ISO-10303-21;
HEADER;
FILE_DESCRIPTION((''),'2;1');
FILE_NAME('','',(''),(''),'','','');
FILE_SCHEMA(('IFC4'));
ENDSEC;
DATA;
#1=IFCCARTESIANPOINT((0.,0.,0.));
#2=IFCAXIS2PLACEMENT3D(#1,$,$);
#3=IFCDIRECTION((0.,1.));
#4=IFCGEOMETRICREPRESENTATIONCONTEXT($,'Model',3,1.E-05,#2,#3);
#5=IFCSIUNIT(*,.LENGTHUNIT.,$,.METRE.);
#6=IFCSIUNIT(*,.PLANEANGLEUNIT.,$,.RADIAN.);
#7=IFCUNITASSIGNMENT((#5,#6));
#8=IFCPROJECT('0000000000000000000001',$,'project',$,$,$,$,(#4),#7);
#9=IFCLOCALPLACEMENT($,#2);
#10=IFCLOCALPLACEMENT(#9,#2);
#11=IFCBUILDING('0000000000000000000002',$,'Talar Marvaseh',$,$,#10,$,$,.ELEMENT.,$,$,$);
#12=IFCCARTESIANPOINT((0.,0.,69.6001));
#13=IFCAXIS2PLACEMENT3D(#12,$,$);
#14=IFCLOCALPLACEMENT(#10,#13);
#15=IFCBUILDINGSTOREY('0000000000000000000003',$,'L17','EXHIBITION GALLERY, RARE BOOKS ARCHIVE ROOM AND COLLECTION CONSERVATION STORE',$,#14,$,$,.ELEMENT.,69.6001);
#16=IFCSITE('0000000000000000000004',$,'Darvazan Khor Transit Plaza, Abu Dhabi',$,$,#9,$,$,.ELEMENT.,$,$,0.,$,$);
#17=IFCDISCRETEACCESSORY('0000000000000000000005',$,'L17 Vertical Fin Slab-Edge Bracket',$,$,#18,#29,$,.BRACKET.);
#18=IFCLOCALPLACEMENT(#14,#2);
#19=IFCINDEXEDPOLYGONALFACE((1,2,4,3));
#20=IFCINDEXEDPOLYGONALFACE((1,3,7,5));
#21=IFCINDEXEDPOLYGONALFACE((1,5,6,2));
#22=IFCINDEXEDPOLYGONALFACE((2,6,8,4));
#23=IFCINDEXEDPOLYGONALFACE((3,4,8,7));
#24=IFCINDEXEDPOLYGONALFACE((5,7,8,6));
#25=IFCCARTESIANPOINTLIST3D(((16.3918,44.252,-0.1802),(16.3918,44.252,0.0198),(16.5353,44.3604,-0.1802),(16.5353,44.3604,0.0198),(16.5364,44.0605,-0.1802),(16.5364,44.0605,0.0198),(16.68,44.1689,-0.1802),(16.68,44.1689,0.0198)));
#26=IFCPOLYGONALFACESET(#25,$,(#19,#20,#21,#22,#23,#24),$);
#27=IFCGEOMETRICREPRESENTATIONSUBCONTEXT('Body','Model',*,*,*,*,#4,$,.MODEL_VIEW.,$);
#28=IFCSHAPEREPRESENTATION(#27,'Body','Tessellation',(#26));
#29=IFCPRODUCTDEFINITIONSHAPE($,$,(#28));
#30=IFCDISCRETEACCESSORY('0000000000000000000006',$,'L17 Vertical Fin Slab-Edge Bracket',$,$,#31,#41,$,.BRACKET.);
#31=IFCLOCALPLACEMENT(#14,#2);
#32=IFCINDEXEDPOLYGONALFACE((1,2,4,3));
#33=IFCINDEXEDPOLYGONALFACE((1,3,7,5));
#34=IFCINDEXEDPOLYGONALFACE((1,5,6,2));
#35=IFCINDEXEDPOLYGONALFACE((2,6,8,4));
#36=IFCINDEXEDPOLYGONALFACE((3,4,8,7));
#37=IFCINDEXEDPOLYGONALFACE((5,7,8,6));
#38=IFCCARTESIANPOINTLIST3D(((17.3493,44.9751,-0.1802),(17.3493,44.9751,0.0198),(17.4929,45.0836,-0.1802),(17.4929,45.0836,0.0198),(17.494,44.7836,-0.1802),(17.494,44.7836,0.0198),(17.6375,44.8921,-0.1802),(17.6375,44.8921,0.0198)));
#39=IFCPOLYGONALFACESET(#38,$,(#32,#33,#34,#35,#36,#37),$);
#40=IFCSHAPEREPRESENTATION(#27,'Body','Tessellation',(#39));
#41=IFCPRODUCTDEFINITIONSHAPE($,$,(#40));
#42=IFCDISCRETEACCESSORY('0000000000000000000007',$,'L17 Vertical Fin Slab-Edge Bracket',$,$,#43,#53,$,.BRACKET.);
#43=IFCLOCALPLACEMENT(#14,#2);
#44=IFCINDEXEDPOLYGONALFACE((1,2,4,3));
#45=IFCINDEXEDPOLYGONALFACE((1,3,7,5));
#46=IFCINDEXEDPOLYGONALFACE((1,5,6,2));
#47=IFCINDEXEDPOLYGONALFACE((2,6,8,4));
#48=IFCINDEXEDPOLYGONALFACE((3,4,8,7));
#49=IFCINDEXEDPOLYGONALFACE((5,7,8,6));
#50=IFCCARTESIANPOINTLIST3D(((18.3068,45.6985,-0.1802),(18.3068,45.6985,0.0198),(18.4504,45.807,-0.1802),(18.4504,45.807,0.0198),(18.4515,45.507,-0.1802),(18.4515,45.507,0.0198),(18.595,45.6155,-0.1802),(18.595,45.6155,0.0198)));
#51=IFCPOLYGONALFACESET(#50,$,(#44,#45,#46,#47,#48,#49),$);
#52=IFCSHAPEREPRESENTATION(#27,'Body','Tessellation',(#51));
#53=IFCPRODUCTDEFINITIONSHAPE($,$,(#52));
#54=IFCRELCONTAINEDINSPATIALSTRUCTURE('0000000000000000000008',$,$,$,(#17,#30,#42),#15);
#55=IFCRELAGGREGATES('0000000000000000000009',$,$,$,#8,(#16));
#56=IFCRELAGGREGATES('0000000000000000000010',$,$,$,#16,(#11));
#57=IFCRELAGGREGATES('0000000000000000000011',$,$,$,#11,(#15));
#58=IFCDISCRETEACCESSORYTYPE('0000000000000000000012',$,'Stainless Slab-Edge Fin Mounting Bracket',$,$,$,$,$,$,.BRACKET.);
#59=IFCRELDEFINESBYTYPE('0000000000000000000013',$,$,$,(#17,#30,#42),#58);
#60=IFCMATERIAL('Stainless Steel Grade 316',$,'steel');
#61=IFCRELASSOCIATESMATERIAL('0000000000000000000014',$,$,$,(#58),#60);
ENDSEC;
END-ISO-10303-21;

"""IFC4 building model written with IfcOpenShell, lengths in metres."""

from ifc_helpers import new_model, si_unit, direction, frame, origin, origin_2d, place, context, subcontext, project, spatial, rectangle, extrude, source, transform, mapped, material, type_object, type_shapes, element, save


model = new_model("IFC4")

# Units and contexts
model_context = context("Model", 3, precision=1e-05, world=origin(), true_north=direction((0.0, 1.0)))
body_context = subcontext(model_context, "Body", "Model", "MODEL_VIEW")
ifc_project = project(units=[si_unit("LENGTHUNIT", "METRE"), si_unit("PLANEANGLEUNIT", "RADIAN")], contexts=[model_context])

# Site, building, storey
site_placement = place(None, origin())
site = spatial("IfcSite", under=ifc_project, at=site_placement, Name="Darvazan Khor Transit Plaza, Abu Dhabi", CompositionType="ELEMENT", RefElevation=0.0)
building_placement = place(site_placement, origin())
building = spatial("IfcBuilding", under=site, at=building_placement, Name="Talar Marvaseh", CompositionType="ELEMENT")
storey_placement = place(building_placement, frame((0.0, 0.0, 69.6001)))
storey = spatial("IfcBuildingStorey", under=building, at=storey_placement, Name="L17", Description="EXHIBITION GALLERY, RARE BOOKS ARCHIVE ROOM AND COLLECTION CONSERVATION STORE", CompositionType="ELEMENT", Elevation=69.6001)

# Discrete accessories
ifc_material_1 = material(Name="Stainless Steel Grade 316", Category="steel")
discrete_accessory_type = type_object("IfcDiscreteAccessoryType", Name="Stainless Slab-Edge Fin Mounting Bracket", PredefinedType="BRACKET", material=ifc_material_1)
shared_shape_1 = source(origin(), body_context, "Body", "SweptSolid", [
    extrude(rectangle(XDim=0.24, YDim=0.1799, at=origin_2d()), origin(), (0.0, 0.0, 1.0), 0.2),
])
type_shapes(discrete_accessory_type, [shared_shape_1])
for number, where, z_axis, x_axis, name in (
    (1, (16.5359, 44.2104, -0.1802), (0.0, 0.0, 1.0), (-0.60279, 0.7979, 0.0), "L17 Vertical Fin Slab-Edge Bracket"),
    (2, (17.4934, 44.9336, -0.1802), (0.0, 0.0, 1.0), (-0.60279, 0.7979, 0.0), "L17 Vertical Fin Slab-Edge Bracket"),
    (3, (18.4509, 45.657, -0.1802), (0.0, 0.0, 1.0), (-0.60279, 0.7979, 0.0), "L17 Vertical Fin Slab-Edge Bracket"),
):
    element("IfcDiscreteAccessory", number, at=place(storey_placement, frame(where, z_axis=z_axis, x_axis=x_axis)), inside=storey, type_object=discrete_accessory_type, Name=name, PredefinedType="BRACKET", context=body_context, shape_type="MappedRepresentation", body=[
        mapped(shared_shape_1, transform((0.0, 0.0, 0.0), x_axis=(1.0, 0.0, 0.0), y_axis=(0.0, 1.0, 0.0), z_axis=(0.0, 0.0, 1.0), scale=1.0)),
    ])

save(model, "model.ifc")
